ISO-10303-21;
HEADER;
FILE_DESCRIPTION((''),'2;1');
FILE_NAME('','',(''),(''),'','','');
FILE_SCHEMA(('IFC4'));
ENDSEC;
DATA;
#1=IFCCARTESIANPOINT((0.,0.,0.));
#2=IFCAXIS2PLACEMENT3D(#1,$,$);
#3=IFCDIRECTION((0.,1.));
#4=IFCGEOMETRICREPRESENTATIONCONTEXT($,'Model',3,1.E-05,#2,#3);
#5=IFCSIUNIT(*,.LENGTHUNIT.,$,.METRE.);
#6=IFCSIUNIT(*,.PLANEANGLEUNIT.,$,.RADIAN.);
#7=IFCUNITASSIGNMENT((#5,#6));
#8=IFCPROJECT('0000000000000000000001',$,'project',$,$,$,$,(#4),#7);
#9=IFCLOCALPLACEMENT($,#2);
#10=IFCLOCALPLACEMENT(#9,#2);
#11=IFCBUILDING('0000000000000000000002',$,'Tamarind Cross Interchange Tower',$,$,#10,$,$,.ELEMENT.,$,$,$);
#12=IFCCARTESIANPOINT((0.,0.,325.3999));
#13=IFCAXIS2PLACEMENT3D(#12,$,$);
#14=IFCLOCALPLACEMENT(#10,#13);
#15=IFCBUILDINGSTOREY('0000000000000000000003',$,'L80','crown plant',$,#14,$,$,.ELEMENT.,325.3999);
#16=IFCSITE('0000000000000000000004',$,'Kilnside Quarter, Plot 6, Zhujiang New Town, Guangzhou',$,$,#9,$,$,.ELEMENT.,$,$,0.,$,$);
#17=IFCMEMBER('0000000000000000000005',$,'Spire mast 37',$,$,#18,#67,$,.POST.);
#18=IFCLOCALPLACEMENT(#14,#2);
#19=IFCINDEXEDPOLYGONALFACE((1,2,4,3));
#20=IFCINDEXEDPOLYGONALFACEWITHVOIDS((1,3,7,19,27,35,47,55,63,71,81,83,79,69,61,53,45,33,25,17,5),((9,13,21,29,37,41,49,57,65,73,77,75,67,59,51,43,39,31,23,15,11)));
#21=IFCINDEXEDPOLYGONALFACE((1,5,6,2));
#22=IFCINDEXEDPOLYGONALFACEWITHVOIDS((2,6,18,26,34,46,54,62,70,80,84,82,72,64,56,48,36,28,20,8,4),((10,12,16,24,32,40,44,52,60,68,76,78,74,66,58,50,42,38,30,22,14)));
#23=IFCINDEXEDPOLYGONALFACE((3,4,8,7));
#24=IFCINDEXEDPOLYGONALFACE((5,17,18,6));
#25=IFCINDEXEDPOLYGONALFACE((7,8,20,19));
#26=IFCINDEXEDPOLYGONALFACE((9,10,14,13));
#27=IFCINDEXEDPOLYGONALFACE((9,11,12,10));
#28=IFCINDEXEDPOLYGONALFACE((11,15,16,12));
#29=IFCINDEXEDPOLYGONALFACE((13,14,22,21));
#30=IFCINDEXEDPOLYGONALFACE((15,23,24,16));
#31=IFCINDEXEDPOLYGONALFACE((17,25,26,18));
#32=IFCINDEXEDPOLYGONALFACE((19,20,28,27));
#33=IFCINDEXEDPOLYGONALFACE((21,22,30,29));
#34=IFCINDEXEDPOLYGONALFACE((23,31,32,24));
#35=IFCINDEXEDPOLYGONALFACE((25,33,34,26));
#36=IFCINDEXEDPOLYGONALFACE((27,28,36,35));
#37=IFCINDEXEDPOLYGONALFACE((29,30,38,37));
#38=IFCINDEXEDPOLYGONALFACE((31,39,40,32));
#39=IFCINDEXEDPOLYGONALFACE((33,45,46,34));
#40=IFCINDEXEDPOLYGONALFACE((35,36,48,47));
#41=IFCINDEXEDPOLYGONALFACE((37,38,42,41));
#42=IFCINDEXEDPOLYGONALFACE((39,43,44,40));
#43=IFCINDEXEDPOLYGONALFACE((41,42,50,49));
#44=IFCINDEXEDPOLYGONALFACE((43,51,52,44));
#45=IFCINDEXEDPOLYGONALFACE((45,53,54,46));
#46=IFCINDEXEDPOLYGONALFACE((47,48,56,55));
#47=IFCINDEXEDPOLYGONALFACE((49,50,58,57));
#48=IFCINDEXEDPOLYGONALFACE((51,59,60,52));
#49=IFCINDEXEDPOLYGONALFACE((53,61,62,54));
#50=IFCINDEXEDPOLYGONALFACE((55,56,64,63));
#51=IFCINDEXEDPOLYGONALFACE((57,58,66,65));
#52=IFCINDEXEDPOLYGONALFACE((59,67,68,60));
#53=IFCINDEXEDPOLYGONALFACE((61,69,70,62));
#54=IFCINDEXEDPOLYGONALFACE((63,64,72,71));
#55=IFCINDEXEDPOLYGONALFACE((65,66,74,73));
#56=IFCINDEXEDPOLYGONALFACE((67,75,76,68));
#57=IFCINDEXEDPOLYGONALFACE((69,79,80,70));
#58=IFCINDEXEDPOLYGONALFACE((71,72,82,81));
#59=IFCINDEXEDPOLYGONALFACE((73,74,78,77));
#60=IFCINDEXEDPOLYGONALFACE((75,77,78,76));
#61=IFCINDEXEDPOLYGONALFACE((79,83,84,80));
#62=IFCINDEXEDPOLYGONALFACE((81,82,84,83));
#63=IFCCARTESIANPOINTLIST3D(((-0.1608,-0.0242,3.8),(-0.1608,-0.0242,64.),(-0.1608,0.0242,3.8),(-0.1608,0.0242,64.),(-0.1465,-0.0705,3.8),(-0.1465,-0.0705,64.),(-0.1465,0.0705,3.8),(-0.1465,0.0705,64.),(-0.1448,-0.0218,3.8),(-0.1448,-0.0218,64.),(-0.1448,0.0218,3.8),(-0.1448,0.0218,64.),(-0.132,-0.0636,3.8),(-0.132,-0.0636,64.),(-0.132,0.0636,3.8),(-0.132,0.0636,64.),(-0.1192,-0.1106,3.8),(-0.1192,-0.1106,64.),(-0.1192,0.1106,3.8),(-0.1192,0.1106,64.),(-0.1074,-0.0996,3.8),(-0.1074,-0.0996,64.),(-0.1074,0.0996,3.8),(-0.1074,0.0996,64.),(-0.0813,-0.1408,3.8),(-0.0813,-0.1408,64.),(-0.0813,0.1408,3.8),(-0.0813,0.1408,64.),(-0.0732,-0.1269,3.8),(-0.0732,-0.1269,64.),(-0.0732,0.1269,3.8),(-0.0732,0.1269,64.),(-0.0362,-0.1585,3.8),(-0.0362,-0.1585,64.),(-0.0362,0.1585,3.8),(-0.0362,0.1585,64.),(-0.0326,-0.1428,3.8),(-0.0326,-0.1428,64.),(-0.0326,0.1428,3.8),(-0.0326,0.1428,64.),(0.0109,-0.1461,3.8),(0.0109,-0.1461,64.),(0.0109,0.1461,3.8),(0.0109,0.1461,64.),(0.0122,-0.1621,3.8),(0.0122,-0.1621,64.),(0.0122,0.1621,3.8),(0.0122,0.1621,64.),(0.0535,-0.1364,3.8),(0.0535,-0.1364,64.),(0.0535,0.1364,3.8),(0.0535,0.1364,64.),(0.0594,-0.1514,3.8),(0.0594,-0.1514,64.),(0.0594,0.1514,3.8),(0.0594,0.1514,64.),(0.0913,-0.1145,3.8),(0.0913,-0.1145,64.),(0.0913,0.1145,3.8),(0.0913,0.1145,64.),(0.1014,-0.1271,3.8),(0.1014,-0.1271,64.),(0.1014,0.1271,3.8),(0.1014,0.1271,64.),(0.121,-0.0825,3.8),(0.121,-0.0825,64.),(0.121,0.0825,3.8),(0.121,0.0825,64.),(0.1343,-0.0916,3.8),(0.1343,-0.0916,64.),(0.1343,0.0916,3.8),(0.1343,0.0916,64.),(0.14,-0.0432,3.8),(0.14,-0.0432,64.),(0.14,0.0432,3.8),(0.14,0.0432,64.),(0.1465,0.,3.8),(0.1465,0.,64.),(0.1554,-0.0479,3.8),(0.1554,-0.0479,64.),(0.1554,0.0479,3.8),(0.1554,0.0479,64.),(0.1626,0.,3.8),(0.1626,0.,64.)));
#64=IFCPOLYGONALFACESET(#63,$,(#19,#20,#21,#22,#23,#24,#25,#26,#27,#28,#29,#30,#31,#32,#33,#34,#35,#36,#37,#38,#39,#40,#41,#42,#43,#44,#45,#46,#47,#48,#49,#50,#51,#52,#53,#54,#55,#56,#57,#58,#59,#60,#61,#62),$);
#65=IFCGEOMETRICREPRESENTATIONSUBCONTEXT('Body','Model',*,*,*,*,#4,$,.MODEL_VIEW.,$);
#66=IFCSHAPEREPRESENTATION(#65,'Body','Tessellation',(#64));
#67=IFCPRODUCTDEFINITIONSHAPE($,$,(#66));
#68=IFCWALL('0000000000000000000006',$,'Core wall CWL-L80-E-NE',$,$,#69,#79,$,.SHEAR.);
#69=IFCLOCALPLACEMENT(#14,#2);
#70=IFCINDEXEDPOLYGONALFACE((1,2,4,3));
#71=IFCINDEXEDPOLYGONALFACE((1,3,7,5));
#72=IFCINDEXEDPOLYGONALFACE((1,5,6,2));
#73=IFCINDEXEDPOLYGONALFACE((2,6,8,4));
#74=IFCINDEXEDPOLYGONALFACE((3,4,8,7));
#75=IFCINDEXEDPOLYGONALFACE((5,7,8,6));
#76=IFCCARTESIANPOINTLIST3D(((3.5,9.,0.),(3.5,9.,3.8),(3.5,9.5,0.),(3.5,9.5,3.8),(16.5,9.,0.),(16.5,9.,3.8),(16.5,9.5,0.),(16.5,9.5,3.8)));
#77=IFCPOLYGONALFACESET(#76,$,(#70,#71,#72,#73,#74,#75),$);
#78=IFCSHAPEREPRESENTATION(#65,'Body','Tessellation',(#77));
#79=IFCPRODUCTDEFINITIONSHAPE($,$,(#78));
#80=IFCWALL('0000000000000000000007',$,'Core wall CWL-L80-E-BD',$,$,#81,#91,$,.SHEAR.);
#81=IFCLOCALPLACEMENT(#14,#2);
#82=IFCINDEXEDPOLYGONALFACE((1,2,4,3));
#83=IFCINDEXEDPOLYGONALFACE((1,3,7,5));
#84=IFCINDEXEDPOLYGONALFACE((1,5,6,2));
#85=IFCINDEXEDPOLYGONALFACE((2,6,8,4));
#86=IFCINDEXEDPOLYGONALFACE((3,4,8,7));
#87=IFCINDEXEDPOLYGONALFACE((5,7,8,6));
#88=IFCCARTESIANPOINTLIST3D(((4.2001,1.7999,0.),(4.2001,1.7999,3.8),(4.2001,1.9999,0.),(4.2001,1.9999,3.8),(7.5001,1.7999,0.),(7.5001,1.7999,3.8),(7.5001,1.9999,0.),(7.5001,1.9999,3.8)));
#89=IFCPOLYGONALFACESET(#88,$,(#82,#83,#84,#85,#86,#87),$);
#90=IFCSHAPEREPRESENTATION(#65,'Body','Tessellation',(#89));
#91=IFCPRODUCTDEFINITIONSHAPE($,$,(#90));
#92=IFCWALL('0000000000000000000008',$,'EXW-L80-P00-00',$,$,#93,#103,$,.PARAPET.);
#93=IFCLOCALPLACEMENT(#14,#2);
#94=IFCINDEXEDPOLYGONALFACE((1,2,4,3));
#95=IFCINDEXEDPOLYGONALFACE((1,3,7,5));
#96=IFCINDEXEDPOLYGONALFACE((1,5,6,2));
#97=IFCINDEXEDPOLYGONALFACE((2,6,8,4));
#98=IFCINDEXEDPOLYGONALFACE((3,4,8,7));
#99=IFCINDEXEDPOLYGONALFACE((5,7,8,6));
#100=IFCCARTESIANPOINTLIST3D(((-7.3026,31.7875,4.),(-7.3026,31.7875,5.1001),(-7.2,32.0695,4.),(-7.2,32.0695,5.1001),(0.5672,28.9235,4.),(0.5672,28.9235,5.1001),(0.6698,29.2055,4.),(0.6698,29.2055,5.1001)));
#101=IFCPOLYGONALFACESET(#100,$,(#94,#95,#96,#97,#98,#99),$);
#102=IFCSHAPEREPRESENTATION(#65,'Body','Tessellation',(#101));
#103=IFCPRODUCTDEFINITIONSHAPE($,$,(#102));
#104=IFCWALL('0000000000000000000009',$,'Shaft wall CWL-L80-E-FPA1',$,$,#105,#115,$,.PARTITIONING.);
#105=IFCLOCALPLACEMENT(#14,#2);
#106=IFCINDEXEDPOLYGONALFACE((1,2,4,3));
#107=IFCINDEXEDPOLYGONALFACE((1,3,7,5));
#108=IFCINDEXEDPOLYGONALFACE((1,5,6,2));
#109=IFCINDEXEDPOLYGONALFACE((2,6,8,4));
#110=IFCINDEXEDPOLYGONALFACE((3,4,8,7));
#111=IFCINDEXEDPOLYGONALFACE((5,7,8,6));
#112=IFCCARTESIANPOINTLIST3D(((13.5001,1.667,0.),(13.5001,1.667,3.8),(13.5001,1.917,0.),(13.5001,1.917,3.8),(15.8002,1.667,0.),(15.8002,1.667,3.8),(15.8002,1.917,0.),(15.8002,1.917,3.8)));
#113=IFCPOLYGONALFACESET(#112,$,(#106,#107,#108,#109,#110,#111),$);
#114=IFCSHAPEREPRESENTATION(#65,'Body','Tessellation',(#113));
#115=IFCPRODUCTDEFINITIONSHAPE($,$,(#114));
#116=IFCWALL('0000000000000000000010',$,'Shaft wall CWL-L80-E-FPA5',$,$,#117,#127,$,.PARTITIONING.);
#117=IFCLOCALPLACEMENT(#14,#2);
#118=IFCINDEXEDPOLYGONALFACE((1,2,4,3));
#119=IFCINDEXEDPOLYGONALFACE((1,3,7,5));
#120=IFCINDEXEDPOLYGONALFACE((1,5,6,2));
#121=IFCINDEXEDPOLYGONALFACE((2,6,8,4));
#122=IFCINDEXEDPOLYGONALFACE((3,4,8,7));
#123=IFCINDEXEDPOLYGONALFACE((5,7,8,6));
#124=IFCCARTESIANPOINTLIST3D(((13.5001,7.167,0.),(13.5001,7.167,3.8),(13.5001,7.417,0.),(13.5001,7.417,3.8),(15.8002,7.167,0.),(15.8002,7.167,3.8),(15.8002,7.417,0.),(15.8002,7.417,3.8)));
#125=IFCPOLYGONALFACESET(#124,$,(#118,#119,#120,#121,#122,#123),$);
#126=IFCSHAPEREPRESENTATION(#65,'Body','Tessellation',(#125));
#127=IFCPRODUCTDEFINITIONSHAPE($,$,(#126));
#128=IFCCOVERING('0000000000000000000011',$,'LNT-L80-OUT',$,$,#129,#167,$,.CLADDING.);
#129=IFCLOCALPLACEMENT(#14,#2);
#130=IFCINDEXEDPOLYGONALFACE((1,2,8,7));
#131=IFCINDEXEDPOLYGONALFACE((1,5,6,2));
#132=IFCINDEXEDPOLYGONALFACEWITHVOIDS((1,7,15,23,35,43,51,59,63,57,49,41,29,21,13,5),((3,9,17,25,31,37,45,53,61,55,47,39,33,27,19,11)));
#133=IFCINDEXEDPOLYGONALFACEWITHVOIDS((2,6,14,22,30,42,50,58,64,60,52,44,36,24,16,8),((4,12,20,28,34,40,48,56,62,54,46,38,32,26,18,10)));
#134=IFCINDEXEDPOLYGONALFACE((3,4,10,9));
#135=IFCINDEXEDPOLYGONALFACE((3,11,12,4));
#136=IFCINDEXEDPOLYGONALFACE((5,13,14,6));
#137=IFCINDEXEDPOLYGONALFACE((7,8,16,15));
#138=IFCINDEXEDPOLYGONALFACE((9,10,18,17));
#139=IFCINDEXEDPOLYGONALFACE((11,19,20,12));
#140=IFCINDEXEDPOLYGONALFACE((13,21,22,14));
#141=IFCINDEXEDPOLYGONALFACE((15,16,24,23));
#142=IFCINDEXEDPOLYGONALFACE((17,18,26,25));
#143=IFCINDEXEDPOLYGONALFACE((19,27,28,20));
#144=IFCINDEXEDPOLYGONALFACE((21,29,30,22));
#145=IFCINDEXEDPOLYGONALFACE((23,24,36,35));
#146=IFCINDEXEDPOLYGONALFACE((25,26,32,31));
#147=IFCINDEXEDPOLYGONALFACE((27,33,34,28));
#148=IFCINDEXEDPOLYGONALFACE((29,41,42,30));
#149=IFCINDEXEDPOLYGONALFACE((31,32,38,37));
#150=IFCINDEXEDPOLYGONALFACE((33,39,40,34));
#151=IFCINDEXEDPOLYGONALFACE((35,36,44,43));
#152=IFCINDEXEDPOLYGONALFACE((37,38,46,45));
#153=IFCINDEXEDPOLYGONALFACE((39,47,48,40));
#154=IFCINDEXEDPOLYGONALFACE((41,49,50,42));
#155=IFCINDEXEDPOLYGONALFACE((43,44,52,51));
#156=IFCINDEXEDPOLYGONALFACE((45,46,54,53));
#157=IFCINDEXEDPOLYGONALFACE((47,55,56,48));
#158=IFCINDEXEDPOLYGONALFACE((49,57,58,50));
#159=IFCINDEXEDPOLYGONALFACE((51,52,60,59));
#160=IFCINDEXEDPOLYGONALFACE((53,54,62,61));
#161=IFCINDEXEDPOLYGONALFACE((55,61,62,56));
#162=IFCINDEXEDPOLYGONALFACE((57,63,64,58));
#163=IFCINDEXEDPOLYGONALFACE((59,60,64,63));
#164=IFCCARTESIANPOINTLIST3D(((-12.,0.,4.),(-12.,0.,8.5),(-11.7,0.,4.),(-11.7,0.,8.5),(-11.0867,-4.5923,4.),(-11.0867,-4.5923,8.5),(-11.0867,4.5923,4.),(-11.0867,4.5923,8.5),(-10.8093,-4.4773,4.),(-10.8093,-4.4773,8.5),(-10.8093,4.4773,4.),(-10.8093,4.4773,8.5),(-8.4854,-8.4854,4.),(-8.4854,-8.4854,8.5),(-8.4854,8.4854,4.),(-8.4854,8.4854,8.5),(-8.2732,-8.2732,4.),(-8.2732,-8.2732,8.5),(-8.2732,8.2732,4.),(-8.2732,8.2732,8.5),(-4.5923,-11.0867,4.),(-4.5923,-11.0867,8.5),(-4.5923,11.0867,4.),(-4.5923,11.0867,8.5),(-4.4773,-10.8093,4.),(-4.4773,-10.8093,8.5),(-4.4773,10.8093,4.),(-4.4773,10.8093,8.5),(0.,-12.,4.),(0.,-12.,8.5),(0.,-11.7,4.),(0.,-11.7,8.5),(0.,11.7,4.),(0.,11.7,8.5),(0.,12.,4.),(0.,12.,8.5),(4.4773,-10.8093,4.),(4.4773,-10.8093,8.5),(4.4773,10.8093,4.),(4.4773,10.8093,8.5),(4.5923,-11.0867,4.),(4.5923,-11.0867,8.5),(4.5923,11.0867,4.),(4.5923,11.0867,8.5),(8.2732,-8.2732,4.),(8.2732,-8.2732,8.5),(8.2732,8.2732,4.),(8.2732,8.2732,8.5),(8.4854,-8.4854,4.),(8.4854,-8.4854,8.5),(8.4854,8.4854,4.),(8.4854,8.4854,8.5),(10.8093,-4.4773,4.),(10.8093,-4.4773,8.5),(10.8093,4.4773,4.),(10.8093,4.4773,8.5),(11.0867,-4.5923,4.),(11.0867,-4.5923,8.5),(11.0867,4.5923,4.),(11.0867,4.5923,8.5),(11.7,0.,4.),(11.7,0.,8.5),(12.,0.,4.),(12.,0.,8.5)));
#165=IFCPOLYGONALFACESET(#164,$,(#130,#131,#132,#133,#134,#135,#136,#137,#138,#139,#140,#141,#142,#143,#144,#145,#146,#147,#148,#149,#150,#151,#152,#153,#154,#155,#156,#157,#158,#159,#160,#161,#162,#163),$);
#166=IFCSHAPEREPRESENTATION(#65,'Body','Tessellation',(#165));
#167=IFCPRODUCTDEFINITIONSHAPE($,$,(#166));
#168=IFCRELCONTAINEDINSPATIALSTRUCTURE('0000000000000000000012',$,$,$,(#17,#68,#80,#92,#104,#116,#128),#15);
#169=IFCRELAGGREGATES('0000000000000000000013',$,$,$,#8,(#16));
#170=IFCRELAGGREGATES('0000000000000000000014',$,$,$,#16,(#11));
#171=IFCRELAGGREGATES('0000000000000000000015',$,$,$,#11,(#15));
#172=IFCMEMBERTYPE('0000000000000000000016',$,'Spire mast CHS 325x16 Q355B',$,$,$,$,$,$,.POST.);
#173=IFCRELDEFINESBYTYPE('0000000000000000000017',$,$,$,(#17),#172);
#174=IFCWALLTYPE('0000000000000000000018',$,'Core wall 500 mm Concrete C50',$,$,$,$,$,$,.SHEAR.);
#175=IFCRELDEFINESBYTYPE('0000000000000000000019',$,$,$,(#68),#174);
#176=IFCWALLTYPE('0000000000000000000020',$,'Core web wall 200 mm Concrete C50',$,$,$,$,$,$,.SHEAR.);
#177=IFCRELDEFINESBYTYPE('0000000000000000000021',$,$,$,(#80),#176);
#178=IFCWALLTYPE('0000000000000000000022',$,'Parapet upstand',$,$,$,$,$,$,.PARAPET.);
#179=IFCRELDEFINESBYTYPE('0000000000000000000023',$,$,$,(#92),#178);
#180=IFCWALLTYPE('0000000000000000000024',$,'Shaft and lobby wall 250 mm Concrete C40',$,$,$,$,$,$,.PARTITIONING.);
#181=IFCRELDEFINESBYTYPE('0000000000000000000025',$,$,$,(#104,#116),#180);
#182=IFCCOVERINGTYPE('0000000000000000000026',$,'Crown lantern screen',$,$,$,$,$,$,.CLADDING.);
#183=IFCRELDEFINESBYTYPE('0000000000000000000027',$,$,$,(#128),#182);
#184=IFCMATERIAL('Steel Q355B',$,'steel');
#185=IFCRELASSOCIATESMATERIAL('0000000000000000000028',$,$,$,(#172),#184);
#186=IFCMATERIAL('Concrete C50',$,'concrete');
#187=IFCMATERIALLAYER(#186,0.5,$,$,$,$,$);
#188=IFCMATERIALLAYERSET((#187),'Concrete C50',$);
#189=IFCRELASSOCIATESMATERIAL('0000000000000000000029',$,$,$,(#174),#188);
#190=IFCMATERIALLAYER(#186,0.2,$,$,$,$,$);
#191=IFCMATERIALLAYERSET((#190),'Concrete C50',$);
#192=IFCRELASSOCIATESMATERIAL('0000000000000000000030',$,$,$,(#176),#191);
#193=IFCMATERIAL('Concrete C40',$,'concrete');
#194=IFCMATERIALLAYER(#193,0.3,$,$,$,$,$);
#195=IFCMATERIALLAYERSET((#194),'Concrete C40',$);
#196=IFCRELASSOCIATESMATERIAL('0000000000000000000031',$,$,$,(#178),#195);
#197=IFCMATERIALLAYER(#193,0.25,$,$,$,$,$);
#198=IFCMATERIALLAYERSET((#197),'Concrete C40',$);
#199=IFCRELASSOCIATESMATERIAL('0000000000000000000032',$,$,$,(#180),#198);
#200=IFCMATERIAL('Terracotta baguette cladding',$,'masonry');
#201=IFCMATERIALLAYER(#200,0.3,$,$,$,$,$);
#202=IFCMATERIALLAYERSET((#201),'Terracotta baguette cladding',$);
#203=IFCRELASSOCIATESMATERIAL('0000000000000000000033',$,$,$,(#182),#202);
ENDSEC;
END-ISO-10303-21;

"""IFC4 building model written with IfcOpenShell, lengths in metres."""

from ifc_helpers import new_model, si_unit, direction, frame, frame_2d, origin, origin_2d, place, context, subcontext, project, spatial, polyline, rectangle, hollow_circle, outline, extrude, material, layer, layer_set, material_profile, profile_set, type_object, element, save


model = new_model("IFC4")

# Units and contexts
model_context = context("Model", 3, precision=1e-05, world=origin(), true_north=direction((0.0, 1.0)))
body_context = subcontext(model_context, "Body", "Model", "MODEL_VIEW")
ifc_project = project(units=[si_unit("LENGTHUNIT", "METRE"), si_unit("PLANEANGLEUNIT", "RADIAN")], contexts=[model_context])

# Site, building, storey
site_placement = place(None, origin())
site = spatial("IfcSite", under=ifc_project, at=site_placement, Name="Kilnside Quarter, Plot 6, Zhujiang New Town, Guangzhou", CompositionType="ELEMENT", RefElevation=0.0)
building_placement = place(site_placement, origin())
building = spatial("IfcBuilding", under=site, at=building_placement, Name="Tamarind Cross Interchange Tower", CompositionType="ELEMENT")
storey_placement = place(building_placement, frame((0.0, 0.0, 325.3999)))
storey = spatial("IfcBuildingStorey", under=building, at=storey_placement, Name="L80", Description="crown plant", CompositionType="ELEMENT", Elevation=325.3999)

# Shared definitions
ifc_material_1 = material(Name="Steel Q355B", Category="steel")

# Member
ifc_material_profile_1 = material_profile(ifc_material_1, hollow_circle(Radius=0.1626, WallThickness=0.0161, at=origin_2d()), Name="CHS 325x16")
ifc_profile_set_1 = profile_set([ifc_material_profile_1], Name="Steel Q355B")
member_type_1 = type_object("IfcMemberType", Name="Spire mast CHS 325x16 Q355B", PredefinedType="POST", material=ifc_profile_set_1)
member_placement = place(storey_placement, frame((0.0, 0.0, 3.8), z_axis=(0.0, 0.0, 1.0), x_axis=(1.0, 0.0, 0.0)))
element("IfcMember", 1, at=member_placement, inside=storey, type_object=member_type_1, Name="Spire mast 37", PredefinedType="POST", context=body_context, shape_type="SweptSolid", body=[
    extrude(hollow_circle(Radius=0.1626, WallThickness=0.0161, at=origin_2d()), origin(), (0.0, 0.0, 1.0), 60.2),
])

# Walls
ifc_material_2 = material(Name="Concrete C50", Category="concrete")
ifc_layer_1 = layer(ifc_material_2, 0.5)
ifc_layer_set_1 = layer_set([ifc_layer_1], Name="Concrete C50")
wall_type_1 = type_object("IfcWallType", Name="Core wall 500 mm Concrete C50", PredefinedType="SHEAR", material=ifc_layer_set_1)
wall_1_placement = place(storey_placement, frame((16.5, 9.25, 0.0), z_axis=(0.0, 0.0, 1.0), x_axis=(-1.0, 0.0, 0.0)))
element("IfcWall", 2, at=wall_1_placement, inside=storey, type_object=wall_type_1, Name="Core wall CWL-L80-E-NE", PredefinedType="SHEAR", context=body_context, shape_type="SweptSolid", body=[
    extrude(rectangle(XDim=13.0, YDim=0.5, at=frame_2d((6.5, 0.0))), origin(), (0.0, 0.0, 1.0), 3.8),
])
ifc_layer_2 = layer(ifc_material_2, 0.2)
ifc_layer_set_2 = layer_set([ifc_layer_2], Name="Concrete C50")
wall_type_2 = type_object("IfcWallType", Name="Core web wall 200 mm Concrete C50", PredefinedType="SHEAR", material=ifc_layer_set_2)
wall_2_placement = place(storey_placement, frame((7.5, 1.8999, 0.0), z_axis=(0.0, 0.0, 1.0), x_axis=(-1.0, 0.0, 0.0)))
element("IfcWall", 3, at=wall_2_placement, inside=storey, type_object=wall_type_2, Name="Core wall CWL-L80-E-BD", PredefinedType="SHEAR", context=body_context, shape_type="SweptSolid", body=[
    extrude(rectangle(XDim=3.3, YDim=0.2, at=frame_2d((1.6499, 0.0))), origin(), (0.0, 0.0, 1.0), 3.8),
])
ifc_material_3 = material(Name="Concrete C40", Category="concrete")
ifc_layer_3 = layer(ifc_material_3, 0.3)
ifc_layer_set_3 = layer_set([ifc_layer_3], Name="Concrete C40")
wall_type_3 = type_object("IfcWallType", Name="Parapet upstand", PredefinedType="PARAPET", material=ifc_layer_set_3)
wall_3_placement = place(storey_placement, frame((0.6187, 29.0645, 4.0), z_axis=(0.0, 0.0, 1.0), x_axis=(-0.939707, 0.341979, 0.0)))
element("IfcWall", 4, at=wall_3_placement, inside=storey, type_object=wall_type_3, Name="EXW-L80-P00-00", PredefinedType="PARAPET", context=body_context, shape_type="SweptSolid", body=[
    extrude(rectangle(XDim=8.3748, YDim=0.3, at=frame_2d((4.1875, 0.0))), origin(), (0.0, 0.0, 1.0), 1.1001),
])
ifc_layer_4 = layer(ifc_material_3, 0.25)
ifc_layer_set_4 = layer_set([ifc_layer_4], Name="Concrete C40")
wall_type_4 = type_object("IfcWallType", Name="Shaft and lobby wall 250 mm Concrete C40", PredefinedType="PARTITIONING", material=ifc_layer_set_4)
for number, where, z_axis, x_axis, name in (
    (5, (15.8, 1.792, 0.0), (0.0, 0.0, 1.0), (-1.0, 0.0, 0.0), "Shaft wall CWL-L80-E-FPA1"),
    (6, (15.8, 7.292, 0.0), (0.0, 0.0, 1.0), (-1.0, 0.0, 0.0), "Shaft wall CWL-L80-E-FPA5"),
):
    element("IfcWall", number, at=place(storey_placement, frame(where, z_axis=z_axis, x_axis=x_axis)), inside=storey, type_object=wall_type_4, Name=name, PredefinedType="PARTITIONING", context=body_context, shape_type="SweptSolid", body=[
        extrude(rectangle(XDim=2.3, YDim=0.25, at=frame_2d((1.1499, 0.0))), origin(), (0.0, 0.0, 1.0), 3.8),
    ])

# Covering
ifc_material_4 = material(Name="Terracotta baguette cladding", Category="masonry")
ifc_layer_5 = layer(ifc_material_4, 0.3)
ifc_layer_set_5 = layer_set([ifc_layer_5], Name="Terracotta baguette cladding")
covering_type = type_object("IfcCoveringType", Name="Crown lantern screen", PredefinedType="CLADDING", material=ifc_layer_set_5)
covering_placement = place(storey_placement, frame((0.0, 0.0, 4.0)))
element("IfcCovering", 7, at=covering_placement, inside=storey, type_object=covering_type, Name="LNT-L80-OUT", PredefinedType="CLADDING", context=body_context, shape_type="SweptSolid", body=[
    extrude(outline(polyline([(12.0, 0.0), (11.0867, 4.5923), (8.4854, 8.4854), (4.5923, 11.0867), (0.0, 12.0), (-4.5923, 11.0867), (-8.4854, 8.4854), (-11.0867, 4.5923), (-12.0, 0.0), (-11.0867, -4.5923), (-8.4854, -8.4854), (-4.5923, -11.0867), (0.0, -12.0), (4.5923, -11.0867), (8.4854, -8.4854), (11.0867, -4.5923), (12.0, 0.0)]), holes=[polyline([(11.7, 0.0), (10.8093, 4.4773), (8.2732, 8.2732), (4.4773, 10.8093), (0.0, 11.7), (-4.4773, 10.8093), (-8.2732, 8.2732), (-10.8093, 4.4773), (-11.7, 0.0), (-10.8093, -4.4773), (-8.2732, -8.2732), (-4.4773, -10.8093), (0.0, -11.7), (4.4773, -10.8093), (8.2732, -8.2732), (10.8093, -4.4773), (11.7, 0.0)])]), origin(), (0.0, 0.0, 1.0), 4.5),
])

save(model, "model.ifc")
